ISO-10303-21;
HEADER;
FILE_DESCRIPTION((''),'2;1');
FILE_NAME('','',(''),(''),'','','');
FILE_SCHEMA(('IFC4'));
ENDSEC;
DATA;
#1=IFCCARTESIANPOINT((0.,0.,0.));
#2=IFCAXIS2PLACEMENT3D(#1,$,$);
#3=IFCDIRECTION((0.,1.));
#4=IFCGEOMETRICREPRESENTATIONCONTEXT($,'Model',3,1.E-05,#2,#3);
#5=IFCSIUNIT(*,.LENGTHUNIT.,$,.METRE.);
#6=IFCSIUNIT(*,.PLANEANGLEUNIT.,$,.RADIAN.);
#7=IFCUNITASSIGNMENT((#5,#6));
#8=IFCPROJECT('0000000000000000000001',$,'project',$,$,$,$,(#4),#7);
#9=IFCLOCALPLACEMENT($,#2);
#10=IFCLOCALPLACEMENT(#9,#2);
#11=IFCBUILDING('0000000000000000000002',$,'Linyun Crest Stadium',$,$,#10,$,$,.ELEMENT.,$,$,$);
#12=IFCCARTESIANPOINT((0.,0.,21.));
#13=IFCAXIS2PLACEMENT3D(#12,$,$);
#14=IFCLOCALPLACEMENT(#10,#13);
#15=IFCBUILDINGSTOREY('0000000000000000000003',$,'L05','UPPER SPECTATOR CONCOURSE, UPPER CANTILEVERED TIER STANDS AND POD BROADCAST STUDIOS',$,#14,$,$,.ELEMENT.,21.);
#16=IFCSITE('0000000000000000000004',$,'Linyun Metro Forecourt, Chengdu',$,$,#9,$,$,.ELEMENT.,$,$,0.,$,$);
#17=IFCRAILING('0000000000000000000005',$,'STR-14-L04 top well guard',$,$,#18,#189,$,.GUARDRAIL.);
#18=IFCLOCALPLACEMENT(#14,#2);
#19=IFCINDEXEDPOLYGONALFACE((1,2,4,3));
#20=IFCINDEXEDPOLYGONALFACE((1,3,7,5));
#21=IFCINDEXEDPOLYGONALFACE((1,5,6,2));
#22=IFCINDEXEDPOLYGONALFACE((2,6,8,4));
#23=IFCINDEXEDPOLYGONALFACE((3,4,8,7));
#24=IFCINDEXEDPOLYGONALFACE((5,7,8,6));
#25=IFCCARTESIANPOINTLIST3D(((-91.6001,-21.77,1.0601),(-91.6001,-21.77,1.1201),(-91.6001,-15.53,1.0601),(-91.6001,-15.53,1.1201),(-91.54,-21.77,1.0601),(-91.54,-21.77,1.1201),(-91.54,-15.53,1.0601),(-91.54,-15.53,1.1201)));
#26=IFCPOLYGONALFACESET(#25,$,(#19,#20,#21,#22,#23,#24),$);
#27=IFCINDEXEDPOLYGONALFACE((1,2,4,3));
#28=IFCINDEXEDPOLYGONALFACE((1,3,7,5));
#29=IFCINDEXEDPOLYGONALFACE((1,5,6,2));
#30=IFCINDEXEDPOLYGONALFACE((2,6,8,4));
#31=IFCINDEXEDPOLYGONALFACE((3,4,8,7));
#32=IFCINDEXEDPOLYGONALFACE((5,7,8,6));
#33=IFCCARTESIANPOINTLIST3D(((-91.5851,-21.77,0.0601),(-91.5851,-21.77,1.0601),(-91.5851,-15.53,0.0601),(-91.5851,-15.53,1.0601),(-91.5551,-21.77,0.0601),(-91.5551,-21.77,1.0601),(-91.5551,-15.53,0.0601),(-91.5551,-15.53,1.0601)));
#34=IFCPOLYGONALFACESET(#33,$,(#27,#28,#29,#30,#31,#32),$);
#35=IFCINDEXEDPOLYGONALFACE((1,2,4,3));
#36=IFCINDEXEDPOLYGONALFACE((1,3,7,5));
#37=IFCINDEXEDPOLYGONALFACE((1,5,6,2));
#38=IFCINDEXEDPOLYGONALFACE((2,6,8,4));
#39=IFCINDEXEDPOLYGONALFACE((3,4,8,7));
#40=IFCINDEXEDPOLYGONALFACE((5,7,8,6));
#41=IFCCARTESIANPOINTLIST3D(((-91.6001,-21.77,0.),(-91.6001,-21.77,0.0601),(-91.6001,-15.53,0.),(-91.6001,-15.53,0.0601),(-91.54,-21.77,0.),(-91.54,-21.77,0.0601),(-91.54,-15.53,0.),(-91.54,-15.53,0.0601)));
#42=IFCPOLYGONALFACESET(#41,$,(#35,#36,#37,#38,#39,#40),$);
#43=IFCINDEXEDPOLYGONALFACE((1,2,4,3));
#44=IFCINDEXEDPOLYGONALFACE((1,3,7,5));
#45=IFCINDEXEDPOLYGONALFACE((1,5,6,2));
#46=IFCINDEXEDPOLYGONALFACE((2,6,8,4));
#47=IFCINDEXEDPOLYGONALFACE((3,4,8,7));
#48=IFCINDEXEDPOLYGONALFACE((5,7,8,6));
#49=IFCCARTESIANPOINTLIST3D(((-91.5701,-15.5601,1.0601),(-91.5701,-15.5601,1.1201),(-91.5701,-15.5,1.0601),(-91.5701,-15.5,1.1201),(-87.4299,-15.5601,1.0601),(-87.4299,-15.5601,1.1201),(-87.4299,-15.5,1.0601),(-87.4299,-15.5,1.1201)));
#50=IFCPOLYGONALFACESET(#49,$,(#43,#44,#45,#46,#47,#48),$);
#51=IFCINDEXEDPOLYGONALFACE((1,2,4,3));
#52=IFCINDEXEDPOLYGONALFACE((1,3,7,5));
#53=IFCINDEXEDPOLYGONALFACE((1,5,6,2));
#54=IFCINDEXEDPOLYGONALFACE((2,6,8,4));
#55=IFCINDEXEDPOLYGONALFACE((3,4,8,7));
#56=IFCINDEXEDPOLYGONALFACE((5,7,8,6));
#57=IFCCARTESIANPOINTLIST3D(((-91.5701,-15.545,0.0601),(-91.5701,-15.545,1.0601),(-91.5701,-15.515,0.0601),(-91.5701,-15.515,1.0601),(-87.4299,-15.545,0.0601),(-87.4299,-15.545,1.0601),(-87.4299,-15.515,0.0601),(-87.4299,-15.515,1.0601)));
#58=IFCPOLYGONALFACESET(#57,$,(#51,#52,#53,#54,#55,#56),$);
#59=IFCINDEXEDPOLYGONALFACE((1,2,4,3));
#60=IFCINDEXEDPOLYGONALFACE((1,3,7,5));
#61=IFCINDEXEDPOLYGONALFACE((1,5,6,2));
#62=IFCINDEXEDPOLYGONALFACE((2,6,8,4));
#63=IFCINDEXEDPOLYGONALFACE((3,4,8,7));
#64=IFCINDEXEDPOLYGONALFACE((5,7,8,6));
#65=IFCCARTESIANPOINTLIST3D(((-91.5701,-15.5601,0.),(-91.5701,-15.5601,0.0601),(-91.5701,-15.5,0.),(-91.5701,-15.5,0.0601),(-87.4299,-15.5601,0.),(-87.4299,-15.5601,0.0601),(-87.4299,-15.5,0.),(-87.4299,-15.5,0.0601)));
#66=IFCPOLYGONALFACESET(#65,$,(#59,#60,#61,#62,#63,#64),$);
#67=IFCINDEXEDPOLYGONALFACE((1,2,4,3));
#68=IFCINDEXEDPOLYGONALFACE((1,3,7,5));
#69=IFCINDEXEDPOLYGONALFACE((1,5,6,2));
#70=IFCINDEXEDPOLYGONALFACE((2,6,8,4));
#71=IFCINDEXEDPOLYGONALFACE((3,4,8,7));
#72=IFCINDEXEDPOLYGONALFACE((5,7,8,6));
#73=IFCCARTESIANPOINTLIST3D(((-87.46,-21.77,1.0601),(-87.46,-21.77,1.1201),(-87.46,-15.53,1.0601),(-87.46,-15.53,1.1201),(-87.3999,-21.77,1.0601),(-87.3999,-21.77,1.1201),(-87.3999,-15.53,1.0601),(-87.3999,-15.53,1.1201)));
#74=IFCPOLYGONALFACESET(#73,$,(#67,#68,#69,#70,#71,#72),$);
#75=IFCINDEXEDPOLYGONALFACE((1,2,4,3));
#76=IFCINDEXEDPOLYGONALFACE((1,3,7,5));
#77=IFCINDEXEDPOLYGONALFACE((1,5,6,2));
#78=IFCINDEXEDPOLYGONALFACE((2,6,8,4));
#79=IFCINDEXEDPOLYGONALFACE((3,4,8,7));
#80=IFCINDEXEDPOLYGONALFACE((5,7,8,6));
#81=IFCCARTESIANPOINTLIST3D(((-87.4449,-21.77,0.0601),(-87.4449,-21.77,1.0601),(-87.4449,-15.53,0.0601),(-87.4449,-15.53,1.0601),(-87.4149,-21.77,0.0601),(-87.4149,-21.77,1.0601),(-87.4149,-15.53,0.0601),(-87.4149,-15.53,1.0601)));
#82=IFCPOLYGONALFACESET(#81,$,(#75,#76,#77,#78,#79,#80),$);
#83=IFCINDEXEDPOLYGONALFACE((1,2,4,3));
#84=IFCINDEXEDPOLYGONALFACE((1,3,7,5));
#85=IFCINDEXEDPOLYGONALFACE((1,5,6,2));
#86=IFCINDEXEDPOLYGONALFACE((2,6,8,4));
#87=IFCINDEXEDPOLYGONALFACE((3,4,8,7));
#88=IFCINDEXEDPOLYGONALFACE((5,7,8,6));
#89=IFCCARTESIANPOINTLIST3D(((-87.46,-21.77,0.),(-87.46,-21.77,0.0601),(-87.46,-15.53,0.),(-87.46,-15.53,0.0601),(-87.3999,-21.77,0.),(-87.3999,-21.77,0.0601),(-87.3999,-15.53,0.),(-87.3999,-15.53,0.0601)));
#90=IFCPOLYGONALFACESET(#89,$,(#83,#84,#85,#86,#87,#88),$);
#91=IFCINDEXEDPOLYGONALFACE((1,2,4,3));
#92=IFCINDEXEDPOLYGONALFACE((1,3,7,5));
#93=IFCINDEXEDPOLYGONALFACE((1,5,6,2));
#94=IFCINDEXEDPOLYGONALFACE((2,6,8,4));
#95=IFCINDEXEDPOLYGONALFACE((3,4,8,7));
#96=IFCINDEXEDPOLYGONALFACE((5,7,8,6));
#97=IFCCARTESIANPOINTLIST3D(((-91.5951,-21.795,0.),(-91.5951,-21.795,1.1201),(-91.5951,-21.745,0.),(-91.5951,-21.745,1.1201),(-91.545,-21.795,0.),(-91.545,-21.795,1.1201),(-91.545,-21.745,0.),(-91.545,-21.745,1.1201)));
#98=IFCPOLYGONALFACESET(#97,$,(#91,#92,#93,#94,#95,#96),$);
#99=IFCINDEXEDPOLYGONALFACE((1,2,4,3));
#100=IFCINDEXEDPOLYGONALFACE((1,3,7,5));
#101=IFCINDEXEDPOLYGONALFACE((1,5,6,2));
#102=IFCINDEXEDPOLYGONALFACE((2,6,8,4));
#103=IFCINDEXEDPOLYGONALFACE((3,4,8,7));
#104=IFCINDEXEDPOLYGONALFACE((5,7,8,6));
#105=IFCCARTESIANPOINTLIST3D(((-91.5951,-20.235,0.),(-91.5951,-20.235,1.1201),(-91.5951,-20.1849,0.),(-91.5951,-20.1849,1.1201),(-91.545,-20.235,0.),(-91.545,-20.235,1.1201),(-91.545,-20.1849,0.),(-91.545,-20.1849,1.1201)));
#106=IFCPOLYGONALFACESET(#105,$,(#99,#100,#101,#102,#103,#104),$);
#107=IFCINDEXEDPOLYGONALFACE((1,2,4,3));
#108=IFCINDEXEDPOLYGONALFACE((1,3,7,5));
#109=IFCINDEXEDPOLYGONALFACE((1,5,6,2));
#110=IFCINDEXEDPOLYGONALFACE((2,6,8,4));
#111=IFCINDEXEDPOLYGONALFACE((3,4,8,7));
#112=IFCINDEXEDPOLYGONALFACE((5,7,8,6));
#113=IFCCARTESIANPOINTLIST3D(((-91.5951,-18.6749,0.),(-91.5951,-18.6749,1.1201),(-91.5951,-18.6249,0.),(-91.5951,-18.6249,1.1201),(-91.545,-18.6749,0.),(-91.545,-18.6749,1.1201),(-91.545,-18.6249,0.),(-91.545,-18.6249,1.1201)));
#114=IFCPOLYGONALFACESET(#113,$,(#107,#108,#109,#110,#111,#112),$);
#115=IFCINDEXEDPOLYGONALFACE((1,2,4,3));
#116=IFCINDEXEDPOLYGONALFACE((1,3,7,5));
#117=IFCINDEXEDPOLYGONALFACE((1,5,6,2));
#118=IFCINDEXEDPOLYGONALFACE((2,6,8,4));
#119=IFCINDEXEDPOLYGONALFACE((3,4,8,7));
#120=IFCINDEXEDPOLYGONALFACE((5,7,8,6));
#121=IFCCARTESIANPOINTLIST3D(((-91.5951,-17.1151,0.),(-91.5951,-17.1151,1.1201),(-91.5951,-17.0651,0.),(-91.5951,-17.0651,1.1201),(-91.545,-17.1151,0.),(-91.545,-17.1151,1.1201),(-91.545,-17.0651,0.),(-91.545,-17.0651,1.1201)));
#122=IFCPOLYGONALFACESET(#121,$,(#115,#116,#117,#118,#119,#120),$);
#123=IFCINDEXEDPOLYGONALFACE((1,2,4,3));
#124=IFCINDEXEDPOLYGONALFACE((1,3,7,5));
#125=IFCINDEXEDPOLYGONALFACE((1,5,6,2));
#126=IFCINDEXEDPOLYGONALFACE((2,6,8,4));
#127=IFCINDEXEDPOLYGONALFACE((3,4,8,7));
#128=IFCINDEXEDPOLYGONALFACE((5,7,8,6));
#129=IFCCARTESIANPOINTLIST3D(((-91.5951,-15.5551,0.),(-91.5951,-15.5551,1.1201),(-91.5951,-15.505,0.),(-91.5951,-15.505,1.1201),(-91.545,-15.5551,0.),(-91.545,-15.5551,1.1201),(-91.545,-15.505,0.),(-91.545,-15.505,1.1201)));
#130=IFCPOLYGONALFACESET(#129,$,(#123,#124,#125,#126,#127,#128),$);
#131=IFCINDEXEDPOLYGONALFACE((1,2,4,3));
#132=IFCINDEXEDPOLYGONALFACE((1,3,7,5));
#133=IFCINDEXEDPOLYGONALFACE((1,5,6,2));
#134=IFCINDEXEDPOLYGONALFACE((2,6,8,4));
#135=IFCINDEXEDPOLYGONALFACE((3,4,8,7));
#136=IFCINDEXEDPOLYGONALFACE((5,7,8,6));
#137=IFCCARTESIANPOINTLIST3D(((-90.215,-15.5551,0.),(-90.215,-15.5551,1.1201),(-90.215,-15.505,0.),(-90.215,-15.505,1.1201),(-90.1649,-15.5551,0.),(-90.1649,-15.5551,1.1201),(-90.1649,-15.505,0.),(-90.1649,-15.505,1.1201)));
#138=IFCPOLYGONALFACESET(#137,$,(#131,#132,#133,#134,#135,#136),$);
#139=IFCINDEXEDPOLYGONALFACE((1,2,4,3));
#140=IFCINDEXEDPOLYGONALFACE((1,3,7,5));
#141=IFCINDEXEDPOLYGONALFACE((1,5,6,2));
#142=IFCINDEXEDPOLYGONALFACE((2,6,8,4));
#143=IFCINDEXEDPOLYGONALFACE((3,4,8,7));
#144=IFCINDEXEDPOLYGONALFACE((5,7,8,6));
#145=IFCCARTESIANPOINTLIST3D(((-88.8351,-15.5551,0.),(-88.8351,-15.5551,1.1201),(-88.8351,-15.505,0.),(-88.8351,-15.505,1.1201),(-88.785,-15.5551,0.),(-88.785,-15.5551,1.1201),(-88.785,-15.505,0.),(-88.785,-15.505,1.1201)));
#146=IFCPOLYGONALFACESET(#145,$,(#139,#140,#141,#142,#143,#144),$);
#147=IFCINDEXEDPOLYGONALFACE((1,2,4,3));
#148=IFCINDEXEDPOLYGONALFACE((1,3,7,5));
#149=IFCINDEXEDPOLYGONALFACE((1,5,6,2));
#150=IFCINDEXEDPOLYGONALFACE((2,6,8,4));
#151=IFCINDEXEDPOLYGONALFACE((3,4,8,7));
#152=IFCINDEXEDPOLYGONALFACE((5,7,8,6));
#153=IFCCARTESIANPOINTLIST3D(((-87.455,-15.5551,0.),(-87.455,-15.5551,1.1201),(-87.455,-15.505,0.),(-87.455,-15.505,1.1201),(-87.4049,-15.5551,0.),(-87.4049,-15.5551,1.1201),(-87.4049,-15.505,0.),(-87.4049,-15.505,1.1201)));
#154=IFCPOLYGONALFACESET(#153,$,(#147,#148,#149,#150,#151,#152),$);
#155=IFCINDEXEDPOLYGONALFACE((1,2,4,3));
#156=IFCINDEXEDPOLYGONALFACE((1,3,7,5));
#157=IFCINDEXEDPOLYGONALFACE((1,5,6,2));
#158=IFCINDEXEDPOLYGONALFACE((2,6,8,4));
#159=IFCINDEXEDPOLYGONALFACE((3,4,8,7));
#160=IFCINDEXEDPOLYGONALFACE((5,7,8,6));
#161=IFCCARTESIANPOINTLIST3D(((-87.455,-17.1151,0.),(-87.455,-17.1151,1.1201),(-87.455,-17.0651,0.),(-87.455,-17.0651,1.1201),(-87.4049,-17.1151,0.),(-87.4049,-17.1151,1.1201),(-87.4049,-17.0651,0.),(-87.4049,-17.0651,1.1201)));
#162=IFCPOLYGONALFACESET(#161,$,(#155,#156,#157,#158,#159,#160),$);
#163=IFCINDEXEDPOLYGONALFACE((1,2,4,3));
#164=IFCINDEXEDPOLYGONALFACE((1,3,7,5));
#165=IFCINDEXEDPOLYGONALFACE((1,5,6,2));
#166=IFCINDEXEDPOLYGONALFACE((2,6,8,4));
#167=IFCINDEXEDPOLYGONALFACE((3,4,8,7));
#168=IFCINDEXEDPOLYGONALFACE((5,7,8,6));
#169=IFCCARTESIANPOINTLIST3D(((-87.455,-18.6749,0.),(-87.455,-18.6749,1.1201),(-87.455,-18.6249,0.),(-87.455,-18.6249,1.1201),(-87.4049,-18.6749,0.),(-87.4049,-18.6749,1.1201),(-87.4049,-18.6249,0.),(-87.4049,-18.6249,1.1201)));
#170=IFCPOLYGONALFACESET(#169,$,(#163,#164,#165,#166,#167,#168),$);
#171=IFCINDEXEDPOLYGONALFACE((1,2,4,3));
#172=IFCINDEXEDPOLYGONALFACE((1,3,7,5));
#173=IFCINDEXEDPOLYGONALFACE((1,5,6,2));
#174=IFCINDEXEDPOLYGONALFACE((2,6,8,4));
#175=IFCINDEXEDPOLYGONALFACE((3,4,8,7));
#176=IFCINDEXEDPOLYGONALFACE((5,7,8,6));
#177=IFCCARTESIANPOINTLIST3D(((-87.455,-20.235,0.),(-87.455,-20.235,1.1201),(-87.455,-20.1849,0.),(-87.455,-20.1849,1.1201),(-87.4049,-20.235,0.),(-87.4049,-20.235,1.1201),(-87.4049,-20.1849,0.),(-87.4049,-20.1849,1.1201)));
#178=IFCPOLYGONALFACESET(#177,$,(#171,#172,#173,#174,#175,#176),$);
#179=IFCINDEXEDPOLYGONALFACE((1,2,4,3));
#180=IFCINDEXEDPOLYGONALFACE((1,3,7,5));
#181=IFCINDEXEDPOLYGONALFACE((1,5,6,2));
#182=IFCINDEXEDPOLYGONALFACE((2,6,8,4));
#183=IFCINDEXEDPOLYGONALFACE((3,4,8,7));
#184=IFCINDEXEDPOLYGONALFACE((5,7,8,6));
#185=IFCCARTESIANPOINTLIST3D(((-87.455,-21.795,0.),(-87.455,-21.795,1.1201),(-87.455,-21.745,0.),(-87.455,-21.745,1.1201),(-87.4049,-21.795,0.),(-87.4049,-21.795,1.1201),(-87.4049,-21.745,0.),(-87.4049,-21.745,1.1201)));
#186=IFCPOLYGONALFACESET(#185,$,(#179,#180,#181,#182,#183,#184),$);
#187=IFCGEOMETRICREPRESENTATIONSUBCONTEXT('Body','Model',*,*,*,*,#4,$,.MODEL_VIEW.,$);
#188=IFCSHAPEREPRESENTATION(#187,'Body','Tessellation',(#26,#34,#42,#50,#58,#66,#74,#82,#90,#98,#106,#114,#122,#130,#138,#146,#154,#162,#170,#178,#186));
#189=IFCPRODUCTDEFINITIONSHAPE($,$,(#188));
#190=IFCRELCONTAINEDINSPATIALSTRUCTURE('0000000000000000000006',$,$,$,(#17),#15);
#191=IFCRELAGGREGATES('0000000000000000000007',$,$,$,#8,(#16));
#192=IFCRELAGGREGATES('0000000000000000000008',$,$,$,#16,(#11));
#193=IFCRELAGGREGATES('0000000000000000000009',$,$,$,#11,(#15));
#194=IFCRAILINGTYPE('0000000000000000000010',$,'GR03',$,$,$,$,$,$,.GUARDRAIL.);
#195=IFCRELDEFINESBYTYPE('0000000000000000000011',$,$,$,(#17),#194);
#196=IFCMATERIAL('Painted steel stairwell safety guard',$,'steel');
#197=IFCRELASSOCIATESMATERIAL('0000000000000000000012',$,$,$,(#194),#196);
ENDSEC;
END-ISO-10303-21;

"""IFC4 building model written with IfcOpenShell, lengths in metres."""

from ifc_helpers import new_model, si_unit, direction, frame, origin, origin_2d, place, context, subcontext, project, spatial, rectangle, extrude, material, type_object, element, save


model = new_model("IFC4")

# Units and contexts
model_context = context("Model", 3, precision=1e-05, world=origin(), true_north=direction((0.0, 1.0)))
body_context = subcontext(model_context, "Body", "Model", "MODEL_VIEW")
ifc_project = project(units=[si_unit("LENGTHUNIT", "METRE"), si_unit("PLANEANGLEUNIT", "RADIAN")], contexts=[model_context])

# Site, building, storey
site_placement = place(None, origin())
site = spatial("IfcSite", under=ifc_project, at=site_placement, Name="Linyun Metro Forecourt, Chengdu", CompositionType="ELEMENT", RefElevation=0.0)
building_placement = place(site_placement, origin())
building = spatial("IfcBuilding", under=site, at=building_placement, Name="Linyun Crest Stadium", CompositionType="ELEMENT")
storey_placement = place(building_placement, frame((0.0, 0.0, 21.0)))
storey = spatial("IfcBuildingStorey", under=building, at=storey_placement, Name="L05", Description="UPPER SPECTATOR CONCOURSE, UPPER CANTILEVERED TIER STANDS AND POD BROADCAST STUDIOS", CompositionType="ELEMENT", Elevation=21.0)

# Railing
ifc_material_1 = material(Name="Painted steel stairwell safety guard", Category="steel")
railing_type_1 = type_object("IfcRailingType", Name="GR03", PredefinedType="GUARDRAIL", material=ifc_material_1)
railing_1_placement = place(storey_placement, frame((-91.5701, -21.77, 0.0)))
element("IfcRailing", 1, at=railing_1_placement, inside=storey, type_object=railing_type_1, Name="STR-14-L04 top well guard", PredefinedType="GUARDRAIL", context=body_context, shape_type="SweptSolid", body=[
    extrude(rectangle(XDim=0.0601, YDim=0.0601, at=origin_2d()), frame((0.0, 0.0, 1.0901), z_axis=(0.0, 1.0, 0.0), x_axis=(-1.0, 0.0, 0.0)), (0.0, 0.0, 1.0), 6.24),
    extrude(rectangle(XDim=0.03, YDim=1.0, at=origin_2d()), frame((0.0, 0.0, 0.5601), z_axis=(0.0, 1.0, 0.0), x_axis=(-1.0, 0.0, 0.0)), (0.0, 0.0, 1.0), 6.24),
    extrude(rectangle(XDim=0.0601, YDim=0.0601, at=origin_2d()), frame((0.0, 0.0, 0.03), z_axis=(0.0, 1.0, 0.0), x_axis=(-1.0, 0.0, 0.0)), (0.0, 0.0, 1.0), 6.24),
    extrude(rectangle(XDim=0.0601, YDim=0.0601, at=origin_2d()), frame((0.0, 6.24, 1.0901), z_axis=(1.0, 0.0, 0.0), x_axis=(0.0, 1.0, 0.0)), (0.0, 0.0, 1.0), 4.1401),
    extrude(rectangle(XDim=0.03, YDim=1.0, at=origin_2d()), frame((0.0, 6.24, 0.5601), z_axis=(1.0, 0.0, 0.0), x_axis=(0.0, 1.0, 0.0)), (0.0, 0.0, 1.0), 4.1401),
    extrude(rectangle(XDim=0.0601, YDim=0.0601, at=origin_2d()), frame((0.0, 6.24, 0.03), z_axis=(1.0, 0.0, 0.0), x_axis=(0.0, 1.0, 0.0)), (0.0, 0.0, 1.0), 4.1401),
    extrude(rectangle(XDim=0.0601, YDim=0.0601, at=origin_2d()), frame((4.1401, 6.24, 1.0901), z_axis=(0.0, -1.0, 0.0), x_axis=(1.0, 0.0, 0.0)), (0.0, 0.0, 1.0), 6.24),
    extrude(rectangle(XDim=0.03, YDim=1.0, at=origin_2d()), frame((4.1401, 6.24, 0.5601), z_axis=(0.0, -1.0, 0.0), x_axis=(1.0, 0.0, 0.0)), (0.0, 0.0, 1.0), 6.24),
    extrude(rectangle(XDim=0.0601, YDim=0.0601, at=origin_2d()), frame((4.1401, 6.24, 0.03), z_axis=(0.0, -1.0, 0.0), x_axis=(1.0, 0.0, 0.0)), (0.0, 0.0, 1.0), 6.24),
    extrude(rectangle(XDim=0.05, YDim=0.05, at=origin_2d()), origin(), (0.0, 0.0, 1.0), 1.1201),
    extrude(rectangle(XDim=0.05, YDim=0.05, at=origin_2d()), frame((0.0, 1.5601, 0.0)), (0.0, 0.0, 1.0), 1.1201),
    extrude(rectangle(XDim=0.05, YDim=0.05, at=origin_2d()), frame((0.0, 3.1201, 0.0)), (0.0, 0.0, 1.0), 1.1201),
    extrude(rectangle(XDim=0.05, YDim=0.05, at=origin_2d()), frame((0.0, 4.6799, 0.0)), (0.0, 0.0, 1.0), 1.1201),
    extrude(rectangle(XDim=0.05, YDim=0.05, at=origin_2d()), frame((0.0, 6.24, 0.0)), (0.0, 0.0, 1.0), 1.1201),
    extrude(rectangle(XDim=0.05, YDim=0.05, at=origin_2d()), frame((1.3801, 6.24, 0.0)), (0.0, 0.0, 1.0), 1.1201),
    extrude(rectangle(XDim=0.05, YDim=0.05, at=origin_2d()), frame((2.76, 6.24, 0.0)), (0.0, 0.0, 1.0), 1.1201),
    extrude(rectangle(XDim=0.05, YDim=0.05, at=origin_2d()), frame((4.1401, 6.24, 0.0)), (0.0, 0.0, 1.0), 1.1201),
    extrude(rectangle(XDim=0.05, YDim=0.05, at=origin_2d()), frame((4.1401, 4.6799, 0.0)), (0.0, 0.0, 1.0), 1.1201),
    extrude(rectangle(XDim=0.05, YDim=0.05, at=origin_2d()), frame((4.1401, 3.1201, 0.0)), (0.0, 0.0, 1.0), 1.1201),
    extrude(rectangle(XDim=0.05, YDim=0.05, at=origin_2d()), frame((4.1401, 1.5601, 0.0)), (0.0, 0.0, 1.0), 1.1201),
    extrude(rectangle(XDim=0.05, YDim=0.05, at=origin_2d()), frame((4.1401, 0.0, 0.0)), (0.0, 0.0, 1.0), 1.1201),
])

save(model, "model.ifc")
